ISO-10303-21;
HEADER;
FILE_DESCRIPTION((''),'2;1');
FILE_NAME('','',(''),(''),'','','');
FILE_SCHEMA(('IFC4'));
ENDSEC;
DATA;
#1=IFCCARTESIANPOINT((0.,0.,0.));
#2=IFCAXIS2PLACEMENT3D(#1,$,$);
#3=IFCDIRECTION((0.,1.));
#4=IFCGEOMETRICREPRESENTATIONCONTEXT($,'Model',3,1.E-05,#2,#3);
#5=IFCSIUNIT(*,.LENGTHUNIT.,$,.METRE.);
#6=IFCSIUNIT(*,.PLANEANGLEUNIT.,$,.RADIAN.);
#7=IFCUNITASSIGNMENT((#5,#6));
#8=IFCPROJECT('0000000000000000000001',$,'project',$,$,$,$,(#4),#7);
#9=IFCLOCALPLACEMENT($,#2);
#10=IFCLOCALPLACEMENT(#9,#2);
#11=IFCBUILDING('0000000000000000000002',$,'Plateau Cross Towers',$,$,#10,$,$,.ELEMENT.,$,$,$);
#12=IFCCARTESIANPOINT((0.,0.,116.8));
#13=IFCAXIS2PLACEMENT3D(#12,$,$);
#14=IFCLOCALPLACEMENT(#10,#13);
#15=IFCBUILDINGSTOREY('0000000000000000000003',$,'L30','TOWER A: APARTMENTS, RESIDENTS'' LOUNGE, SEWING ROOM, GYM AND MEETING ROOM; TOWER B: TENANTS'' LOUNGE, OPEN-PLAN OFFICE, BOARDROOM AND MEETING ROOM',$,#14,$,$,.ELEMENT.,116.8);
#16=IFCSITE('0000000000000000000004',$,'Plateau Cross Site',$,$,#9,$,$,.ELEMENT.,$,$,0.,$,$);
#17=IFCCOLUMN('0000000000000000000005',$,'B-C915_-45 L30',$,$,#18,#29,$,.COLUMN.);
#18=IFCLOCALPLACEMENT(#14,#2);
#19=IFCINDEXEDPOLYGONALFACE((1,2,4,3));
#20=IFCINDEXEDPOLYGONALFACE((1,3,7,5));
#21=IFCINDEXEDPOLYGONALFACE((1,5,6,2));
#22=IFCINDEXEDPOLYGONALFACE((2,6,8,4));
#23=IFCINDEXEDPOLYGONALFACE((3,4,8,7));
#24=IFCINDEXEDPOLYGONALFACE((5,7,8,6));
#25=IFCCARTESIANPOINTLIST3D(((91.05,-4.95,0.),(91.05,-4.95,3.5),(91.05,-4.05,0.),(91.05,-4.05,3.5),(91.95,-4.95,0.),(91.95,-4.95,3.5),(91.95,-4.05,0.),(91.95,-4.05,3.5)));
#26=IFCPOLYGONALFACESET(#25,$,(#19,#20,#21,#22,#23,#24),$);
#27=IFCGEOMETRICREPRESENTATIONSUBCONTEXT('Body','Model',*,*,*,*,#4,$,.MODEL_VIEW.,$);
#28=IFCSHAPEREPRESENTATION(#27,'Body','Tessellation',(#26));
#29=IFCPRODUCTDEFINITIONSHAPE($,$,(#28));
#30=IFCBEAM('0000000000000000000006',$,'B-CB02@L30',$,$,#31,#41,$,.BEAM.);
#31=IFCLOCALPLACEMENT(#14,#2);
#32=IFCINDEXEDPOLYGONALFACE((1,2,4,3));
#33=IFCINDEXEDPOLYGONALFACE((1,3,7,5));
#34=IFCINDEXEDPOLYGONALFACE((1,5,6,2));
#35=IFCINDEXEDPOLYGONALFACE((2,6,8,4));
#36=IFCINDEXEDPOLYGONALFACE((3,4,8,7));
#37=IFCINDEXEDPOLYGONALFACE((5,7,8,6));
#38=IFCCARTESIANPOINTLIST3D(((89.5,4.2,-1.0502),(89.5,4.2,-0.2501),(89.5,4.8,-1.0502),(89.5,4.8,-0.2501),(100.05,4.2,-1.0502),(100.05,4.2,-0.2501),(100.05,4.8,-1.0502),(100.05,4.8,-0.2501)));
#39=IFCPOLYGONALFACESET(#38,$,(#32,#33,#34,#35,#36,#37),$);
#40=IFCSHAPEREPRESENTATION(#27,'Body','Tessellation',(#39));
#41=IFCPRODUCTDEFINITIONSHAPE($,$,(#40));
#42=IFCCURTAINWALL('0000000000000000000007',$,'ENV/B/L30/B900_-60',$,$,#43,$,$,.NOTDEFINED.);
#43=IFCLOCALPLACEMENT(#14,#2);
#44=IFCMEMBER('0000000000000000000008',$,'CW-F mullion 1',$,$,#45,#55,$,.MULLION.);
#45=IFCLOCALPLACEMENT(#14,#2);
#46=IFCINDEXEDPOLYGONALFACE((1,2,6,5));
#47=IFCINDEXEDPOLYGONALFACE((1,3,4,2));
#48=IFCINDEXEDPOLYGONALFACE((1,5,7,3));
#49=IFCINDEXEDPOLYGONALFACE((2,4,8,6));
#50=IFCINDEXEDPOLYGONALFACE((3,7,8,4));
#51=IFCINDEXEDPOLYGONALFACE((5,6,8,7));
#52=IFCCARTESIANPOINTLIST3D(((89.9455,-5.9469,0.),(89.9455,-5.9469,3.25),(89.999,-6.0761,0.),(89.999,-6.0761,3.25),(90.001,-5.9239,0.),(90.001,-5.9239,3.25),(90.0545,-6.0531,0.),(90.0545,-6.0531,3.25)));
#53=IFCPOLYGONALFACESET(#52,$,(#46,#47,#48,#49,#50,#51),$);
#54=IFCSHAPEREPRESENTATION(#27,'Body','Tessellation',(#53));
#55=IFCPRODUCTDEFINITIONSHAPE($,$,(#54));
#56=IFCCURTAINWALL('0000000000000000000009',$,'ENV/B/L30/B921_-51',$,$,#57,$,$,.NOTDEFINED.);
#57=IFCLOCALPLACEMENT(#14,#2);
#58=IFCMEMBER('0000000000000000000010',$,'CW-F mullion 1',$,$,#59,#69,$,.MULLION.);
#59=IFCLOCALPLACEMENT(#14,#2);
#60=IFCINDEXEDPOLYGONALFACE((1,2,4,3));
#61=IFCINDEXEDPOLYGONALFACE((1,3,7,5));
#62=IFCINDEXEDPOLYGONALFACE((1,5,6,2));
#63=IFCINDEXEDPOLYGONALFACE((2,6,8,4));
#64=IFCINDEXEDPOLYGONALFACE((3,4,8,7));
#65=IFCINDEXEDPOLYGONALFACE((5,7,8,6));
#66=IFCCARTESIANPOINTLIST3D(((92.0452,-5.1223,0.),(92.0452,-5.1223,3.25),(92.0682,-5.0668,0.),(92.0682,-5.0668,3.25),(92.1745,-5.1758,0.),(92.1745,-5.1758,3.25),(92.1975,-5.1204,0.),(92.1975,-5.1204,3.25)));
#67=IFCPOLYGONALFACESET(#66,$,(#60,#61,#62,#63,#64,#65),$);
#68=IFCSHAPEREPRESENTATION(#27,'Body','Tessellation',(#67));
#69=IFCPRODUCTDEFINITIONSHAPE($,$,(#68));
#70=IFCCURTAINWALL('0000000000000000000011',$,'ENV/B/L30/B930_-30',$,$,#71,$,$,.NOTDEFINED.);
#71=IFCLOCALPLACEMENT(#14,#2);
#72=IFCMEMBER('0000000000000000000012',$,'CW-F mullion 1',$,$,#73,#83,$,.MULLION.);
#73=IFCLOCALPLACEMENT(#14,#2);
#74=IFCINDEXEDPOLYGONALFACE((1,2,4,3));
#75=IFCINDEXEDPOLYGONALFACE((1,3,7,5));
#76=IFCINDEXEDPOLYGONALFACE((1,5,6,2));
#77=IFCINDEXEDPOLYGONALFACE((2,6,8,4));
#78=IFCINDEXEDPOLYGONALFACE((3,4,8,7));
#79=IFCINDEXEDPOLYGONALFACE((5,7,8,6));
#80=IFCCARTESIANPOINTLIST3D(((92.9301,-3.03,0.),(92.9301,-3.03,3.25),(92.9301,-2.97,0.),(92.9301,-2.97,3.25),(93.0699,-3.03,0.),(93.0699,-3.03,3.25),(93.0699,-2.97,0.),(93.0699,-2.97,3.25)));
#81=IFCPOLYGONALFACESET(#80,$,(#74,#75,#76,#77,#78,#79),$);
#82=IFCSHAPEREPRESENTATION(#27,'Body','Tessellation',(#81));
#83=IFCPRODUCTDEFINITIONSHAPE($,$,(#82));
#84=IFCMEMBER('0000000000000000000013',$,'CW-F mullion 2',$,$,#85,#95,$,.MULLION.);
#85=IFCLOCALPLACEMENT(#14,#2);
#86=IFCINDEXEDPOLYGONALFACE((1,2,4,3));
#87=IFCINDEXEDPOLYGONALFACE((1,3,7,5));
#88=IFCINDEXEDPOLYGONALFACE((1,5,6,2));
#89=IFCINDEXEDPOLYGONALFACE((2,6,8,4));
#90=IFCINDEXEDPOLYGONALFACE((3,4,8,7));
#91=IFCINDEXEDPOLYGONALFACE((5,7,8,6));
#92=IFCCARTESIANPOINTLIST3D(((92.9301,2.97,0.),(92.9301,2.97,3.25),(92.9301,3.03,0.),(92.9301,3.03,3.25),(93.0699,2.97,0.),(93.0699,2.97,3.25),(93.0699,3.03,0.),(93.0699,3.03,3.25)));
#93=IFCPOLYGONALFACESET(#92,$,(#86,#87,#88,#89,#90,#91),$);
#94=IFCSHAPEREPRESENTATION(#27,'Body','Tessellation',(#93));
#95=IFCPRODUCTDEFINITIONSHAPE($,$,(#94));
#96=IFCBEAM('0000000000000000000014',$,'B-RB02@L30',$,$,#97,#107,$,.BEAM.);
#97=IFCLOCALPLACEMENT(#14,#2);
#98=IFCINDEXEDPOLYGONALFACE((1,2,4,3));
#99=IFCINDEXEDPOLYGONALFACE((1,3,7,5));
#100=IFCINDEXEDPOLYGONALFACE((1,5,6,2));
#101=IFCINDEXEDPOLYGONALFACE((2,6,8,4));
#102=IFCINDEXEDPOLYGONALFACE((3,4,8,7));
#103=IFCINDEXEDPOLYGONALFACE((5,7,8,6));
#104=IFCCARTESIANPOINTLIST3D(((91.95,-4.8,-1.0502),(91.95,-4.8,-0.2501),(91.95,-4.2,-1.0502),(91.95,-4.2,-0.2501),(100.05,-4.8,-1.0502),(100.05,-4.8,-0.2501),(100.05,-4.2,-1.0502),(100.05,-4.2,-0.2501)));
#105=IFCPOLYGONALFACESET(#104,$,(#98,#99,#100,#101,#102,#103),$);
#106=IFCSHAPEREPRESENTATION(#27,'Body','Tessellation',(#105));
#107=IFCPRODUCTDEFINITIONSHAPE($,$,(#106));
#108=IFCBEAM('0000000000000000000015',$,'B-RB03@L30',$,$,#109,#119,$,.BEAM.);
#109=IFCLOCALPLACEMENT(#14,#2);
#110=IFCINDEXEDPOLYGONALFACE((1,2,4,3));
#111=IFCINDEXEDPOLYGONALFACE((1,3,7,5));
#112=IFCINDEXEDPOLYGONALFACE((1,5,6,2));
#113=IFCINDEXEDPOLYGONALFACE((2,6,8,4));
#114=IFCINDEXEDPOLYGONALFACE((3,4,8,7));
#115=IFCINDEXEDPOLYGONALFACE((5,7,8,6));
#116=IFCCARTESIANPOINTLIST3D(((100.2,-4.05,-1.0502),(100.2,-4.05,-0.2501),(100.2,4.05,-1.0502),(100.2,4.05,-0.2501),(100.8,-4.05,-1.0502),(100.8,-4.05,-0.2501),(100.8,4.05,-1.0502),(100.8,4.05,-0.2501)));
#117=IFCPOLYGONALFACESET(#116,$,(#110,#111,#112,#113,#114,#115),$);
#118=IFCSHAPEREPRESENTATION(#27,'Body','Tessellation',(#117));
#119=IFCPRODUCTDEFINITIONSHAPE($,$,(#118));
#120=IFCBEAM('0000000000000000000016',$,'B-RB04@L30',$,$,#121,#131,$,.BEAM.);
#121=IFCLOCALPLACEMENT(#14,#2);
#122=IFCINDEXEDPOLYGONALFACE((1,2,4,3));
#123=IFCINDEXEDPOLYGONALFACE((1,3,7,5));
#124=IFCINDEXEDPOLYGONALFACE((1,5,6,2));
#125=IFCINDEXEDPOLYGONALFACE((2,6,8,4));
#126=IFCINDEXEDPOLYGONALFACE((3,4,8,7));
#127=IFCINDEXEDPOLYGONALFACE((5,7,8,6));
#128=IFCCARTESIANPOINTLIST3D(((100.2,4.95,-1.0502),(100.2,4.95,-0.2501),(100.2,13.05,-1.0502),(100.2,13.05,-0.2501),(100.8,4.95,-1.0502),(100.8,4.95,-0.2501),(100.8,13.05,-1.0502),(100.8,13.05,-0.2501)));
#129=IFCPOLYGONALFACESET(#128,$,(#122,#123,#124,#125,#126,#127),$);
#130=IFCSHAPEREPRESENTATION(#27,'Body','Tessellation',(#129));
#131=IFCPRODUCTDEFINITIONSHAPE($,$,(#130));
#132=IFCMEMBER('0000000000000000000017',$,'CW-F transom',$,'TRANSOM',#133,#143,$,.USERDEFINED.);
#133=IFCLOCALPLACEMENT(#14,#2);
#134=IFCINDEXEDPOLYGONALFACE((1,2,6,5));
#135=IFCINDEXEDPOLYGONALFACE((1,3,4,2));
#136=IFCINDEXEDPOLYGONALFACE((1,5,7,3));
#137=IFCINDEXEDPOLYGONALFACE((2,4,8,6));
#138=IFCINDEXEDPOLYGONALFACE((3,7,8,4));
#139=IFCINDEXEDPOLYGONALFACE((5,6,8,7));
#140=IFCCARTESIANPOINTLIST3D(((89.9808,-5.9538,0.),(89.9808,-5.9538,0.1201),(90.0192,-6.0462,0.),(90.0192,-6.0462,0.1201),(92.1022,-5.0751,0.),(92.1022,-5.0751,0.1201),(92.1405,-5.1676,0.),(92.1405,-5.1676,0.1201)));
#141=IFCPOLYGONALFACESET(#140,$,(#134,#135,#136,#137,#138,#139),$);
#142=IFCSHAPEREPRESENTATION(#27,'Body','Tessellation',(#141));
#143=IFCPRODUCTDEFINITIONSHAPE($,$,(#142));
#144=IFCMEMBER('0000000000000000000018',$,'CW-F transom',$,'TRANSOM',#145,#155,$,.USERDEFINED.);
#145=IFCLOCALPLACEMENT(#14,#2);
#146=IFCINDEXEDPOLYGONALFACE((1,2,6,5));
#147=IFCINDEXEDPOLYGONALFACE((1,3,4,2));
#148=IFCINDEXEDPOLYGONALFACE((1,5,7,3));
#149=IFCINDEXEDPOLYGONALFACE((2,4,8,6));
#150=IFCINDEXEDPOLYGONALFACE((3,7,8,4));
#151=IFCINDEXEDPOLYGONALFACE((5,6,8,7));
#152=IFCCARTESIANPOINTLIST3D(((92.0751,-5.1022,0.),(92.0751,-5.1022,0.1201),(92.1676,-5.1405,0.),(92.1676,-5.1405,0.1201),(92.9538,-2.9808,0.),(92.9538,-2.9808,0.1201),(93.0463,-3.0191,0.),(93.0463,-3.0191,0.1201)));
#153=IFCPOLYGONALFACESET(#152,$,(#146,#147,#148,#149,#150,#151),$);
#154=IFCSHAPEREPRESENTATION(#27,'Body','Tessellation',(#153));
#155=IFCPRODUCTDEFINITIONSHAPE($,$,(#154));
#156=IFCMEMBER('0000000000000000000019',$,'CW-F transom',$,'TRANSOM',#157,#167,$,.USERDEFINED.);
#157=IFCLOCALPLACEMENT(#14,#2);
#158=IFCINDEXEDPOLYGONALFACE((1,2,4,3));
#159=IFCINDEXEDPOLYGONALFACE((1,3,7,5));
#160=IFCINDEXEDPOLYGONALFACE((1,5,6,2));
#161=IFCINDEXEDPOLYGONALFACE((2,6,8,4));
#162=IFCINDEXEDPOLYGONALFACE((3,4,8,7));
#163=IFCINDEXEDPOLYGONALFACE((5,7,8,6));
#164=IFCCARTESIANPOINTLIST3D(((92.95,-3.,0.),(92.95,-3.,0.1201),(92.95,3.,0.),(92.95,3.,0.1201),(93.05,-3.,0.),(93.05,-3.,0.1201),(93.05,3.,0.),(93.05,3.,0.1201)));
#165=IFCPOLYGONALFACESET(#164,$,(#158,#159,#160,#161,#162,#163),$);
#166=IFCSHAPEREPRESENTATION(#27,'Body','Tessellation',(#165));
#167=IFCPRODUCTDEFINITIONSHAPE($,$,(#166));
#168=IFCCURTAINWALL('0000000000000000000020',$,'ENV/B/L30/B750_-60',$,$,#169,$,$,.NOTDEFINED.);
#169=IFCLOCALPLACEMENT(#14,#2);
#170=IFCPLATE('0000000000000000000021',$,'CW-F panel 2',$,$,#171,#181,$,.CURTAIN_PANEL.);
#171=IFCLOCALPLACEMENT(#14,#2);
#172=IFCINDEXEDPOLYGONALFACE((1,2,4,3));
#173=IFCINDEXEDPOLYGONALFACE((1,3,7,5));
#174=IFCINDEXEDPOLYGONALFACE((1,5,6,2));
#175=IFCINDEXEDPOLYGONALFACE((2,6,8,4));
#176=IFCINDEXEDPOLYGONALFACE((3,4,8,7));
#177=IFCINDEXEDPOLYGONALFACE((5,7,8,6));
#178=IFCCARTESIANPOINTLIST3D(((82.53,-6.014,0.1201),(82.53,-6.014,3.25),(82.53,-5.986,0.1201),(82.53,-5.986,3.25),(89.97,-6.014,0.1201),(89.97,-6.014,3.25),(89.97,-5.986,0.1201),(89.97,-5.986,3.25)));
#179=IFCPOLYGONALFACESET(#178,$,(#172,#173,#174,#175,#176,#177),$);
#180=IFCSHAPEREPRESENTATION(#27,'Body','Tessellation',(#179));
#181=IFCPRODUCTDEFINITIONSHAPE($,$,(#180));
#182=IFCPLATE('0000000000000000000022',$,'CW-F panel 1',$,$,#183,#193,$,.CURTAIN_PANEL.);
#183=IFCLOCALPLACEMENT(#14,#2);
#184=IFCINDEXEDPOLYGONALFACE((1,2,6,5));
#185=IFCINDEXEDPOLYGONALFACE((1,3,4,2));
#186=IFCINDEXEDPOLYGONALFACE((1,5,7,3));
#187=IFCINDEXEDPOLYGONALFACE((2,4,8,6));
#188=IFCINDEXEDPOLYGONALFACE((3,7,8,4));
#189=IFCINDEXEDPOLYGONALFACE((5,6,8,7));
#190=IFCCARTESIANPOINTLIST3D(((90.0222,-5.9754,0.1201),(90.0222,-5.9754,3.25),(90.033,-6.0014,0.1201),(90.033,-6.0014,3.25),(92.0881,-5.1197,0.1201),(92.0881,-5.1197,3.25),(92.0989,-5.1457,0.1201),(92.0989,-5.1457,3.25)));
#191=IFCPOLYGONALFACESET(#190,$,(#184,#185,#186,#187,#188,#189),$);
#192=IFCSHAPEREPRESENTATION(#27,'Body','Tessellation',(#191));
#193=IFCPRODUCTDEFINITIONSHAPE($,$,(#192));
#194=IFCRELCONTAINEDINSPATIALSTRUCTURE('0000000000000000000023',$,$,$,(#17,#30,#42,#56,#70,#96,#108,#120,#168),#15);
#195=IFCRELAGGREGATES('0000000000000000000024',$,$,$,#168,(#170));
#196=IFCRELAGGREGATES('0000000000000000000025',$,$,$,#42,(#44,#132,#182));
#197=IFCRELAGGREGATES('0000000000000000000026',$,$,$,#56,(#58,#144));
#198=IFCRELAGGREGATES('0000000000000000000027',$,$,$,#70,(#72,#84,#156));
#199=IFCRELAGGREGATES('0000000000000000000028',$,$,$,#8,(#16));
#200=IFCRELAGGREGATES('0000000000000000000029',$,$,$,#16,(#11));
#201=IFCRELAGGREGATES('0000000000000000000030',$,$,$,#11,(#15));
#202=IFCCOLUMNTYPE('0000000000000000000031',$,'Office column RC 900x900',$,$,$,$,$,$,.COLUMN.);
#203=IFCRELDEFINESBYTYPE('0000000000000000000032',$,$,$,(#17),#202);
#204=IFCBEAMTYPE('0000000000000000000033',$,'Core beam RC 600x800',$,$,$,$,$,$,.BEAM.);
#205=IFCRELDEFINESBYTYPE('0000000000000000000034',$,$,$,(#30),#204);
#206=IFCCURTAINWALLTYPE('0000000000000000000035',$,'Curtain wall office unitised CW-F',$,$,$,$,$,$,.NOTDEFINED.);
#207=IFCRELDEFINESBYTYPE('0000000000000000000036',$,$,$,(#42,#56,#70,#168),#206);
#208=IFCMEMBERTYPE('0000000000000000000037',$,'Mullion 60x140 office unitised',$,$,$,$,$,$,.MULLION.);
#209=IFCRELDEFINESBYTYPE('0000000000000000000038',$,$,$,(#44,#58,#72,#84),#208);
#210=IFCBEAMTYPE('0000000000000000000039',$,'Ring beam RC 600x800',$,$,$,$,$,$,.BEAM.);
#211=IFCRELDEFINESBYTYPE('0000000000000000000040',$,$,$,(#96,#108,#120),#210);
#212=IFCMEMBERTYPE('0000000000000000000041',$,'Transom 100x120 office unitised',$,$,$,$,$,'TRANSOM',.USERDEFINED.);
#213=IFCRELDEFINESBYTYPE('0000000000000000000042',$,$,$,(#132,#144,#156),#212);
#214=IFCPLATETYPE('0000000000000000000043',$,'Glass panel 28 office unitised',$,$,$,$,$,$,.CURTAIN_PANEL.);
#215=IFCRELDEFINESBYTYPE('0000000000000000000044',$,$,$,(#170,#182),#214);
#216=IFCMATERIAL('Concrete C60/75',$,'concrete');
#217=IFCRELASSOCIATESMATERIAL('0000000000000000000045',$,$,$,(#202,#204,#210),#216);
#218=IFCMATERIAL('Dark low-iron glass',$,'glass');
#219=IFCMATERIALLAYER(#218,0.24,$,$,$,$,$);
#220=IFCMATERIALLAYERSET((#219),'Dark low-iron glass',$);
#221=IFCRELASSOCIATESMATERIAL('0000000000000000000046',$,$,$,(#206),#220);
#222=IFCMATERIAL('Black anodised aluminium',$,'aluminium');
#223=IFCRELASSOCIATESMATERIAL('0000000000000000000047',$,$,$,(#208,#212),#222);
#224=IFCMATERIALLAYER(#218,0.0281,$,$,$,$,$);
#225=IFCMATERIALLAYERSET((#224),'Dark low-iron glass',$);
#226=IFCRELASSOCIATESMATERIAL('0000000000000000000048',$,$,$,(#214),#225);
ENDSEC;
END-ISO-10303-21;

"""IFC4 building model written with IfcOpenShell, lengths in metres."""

from ifc_helpers import new_model, si_unit, direction, frame, origin, origin_2d, place, context, subcontext, project, spatial, rectangle, extrude, material, layer, layer_set, material_profile, profile_set, type_object, element, aggregate, save


model = new_model("IFC4")

# Units and contexts
model_context = context("Model", 3, precision=1e-05, world=origin(), true_north=direction((0.0, 1.0)))
body_context = subcontext(model_context, "Body", "Model", "MODEL_VIEW")
ifc_project = project(units=[si_unit("LENGTHUNIT", "METRE"), si_unit("PLANEANGLEUNIT", "RADIAN")], contexts=[model_context])

# Site, building, storey
site_placement = place(None, origin())
site = spatial("IfcSite", under=ifc_project, at=site_placement, Name="Plateau Cross Site", CompositionType="ELEMENT", RefElevation=0.0)
building_placement = place(site_placement, origin())
building = spatial("IfcBuilding", under=site, at=building_placement, Name="Plateau Cross Towers", CompositionType="ELEMENT")
storey_placement = place(building_placement, frame((0.0, 0.0, 116.8)))
storey = spatial("IfcBuildingStorey", under=building, at=storey_placement, Name="L30", Description="TOWER A: APARTMENTS, RESIDENTS' LOUNGE, SEWING ROOM, GYM AND MEETING ROOM; TOWER B: TENANTS' LOUNGE, OPEN-PLAN OFFICE, BOARDROOM AND MEETING ROOM", CompositionType="ELEMENT", Elevation=116.8)

# Column
ifc_material_1 = material(Name="Concrete C60/75", Category="concrete")
ifc_material_profile_1 = material_profile(ifc_material_1, rectangle(XDim=0.8999, YDim=0.8999, at=origin_2d()), Name="RC 900x900")
ifc_profile_set_1 = profile_set([ifc_material_profile_1], Name="Concrete C60/75")
column_type = type_object("IfcColumnType", Name="Office column RC 900x900", PredefinedType="COLUMN", material=ifc_profile_set_1)
column_placement = place(storey_placement, frame((91.5, -4.5, 0.0), z_axis=(0.0, 0.0, 1.0), x_axis=(1.0, 0.0, 0.0)))
element("IfcColumn", 1, at=column_placement, inside=storey, type_object=column_type, Name="B-C915_-45 L30", PredefinedType="COLUMN", context=body_context, shape_type="SweptSolid", body=[
    extrude(rectangle(XDim=0.8999, YDim=0.8999, at=origin_2d()), origin(), (0.0, 0.0, 1.0), 3.5),
])

# Beam
ifc_material_profile_2 = material_profile(ifc_material_1, rectangle(XDim=0.6001, YDim=0.8, at=origin_2d()), Name="RC 600x800")
ifc_profile_set_2 = profile_set([ifc_material_profile_2], Name="Concrete C60/75")
beam_type_1 = type_object("IfcBeamType", Name="Core beam RC 600x800", PredefinedType="BEAM", material=ifc_profile_set_2)
beam_placement = place(storey_placement, frame((89.5, 4.5, -0.6501), z_axis=(1.0, 0.0, 0.0), x_axis=(0.0, 1.0, 0.0)))
element("IfcBeam", 2, at=beam_placement, inside=storey, type_object=beam_type_1, Name="B-CB02@L30", PredefinedType="BEAM", context=body_context, shape_type="SweptSolid", body=[
    extrude(rectangle(XDim=0.6001, YDim=0.8, at=origin_2d()), origin(), (0.0, 0.0, 1.0), 10.55),
])

# Curtain walls, members
ifc_material_2 = material(Name="Dark low-iron glass", Category="glass")
ifc_layer_1 = layer(ifc_material_2, 0.24)
ifc_layer_set_1 = layer_set([ifc_layer_1], Name="Dark low-iron glass")
curtain_wall_type = type_object("IfcCurtainWallType", Name="Curtain wall office unitised CW-F", PredefinedType="NOTDEFINED", material=ifc_layer_set_1)
curtain_wall_1_placement = place(storey_placement, origin())
curtain_wall_1 = element("IfcCurtainWall", 3, at=curtain_wall_1_placement, inside=storey, type_object=curtain_wall_type, Name="ENV/B/L30/B900_-60", PredefinedType="NOTDEFINED")
ifc_material_3 = material(Name="Black anodised aluminium", Category="aluminium")
ifc_material_profile_3 = material_profile(ifc_material_3, rectangle(XDim=0.0601, YDim=0.1399, at=origin_2d()), Name="MULLION 60x140")
ifc_profile_set_3 = profile_set([ifc_material_profile_3], Name="Black anodised aluminium")
member_type_1 = type_object("IfcMemberType", Name="Mullion 60x140 office unitised", PredefinedType="MULLION", material=ifc_profile_set_3)
member_1_placement = place(storey_placement, frame((90.0, -6.0, 0.0), z_axis=(0.0, 0.0, 1.0), x_axis=(0.923879, 0.382684, 0.0)))
member_1 = element("IfcMember", 4, at=member_1_placement, type_object=member_type_1, Name="CW-F mullion 1", PredefinedType="MULLION", context=body_context, shape_type="SweptSolid", body=[
    extrude(rectangle(XDim=0.0601, YDim=0.1399, at=origin_2d()), origin(), (0.0, 0.0, 1.0), 3.25),
])
curtain_wall_2_placement = place(storey_placement, origin())
curtain_wall_2 = element("IfcCurtainWall", 5, at=curtain_wall_2_placement, inside=storey, type_object=curtain_wall_type, Name="ENV/B/L30/B921_-51", PredefinedType="NOTDEFINED")
member_2_placement = place(storey_placement, frame((92.1213, -5.1213, 0.0), z_axis=(0.0, 0.0, 1.0), x_axis=(0.382684, 0.923879, 0.0)))
member_2 = element("IfcMember", 6, at=member_2_placement, type_object=member_type_1, Name="CW-F mullion 1", PredefinedType="MULLION", context=body_context, shape_type="SweptSolid", body=[
    extrude(rectangle(XDim=0.0601, YDim=0.1399, at=origin_2d()), origin(), (0.0, 0.0, 1.0), 3.25),
])

# Curtain wall, members
curtain_wall_3_placement = place(storey_placement, origin())
curtain_wall_3 = element("IfcCurtainWall", 7, at=curtain_wall_3_placement, inside=storey, type_object=curtain_wall_type, Name="ENV/B/L30/B930_-30", PredefinedType="NOTDEFINED")
member_3_placement = place(storey_placement, frame((93.0, -3.0, 0.0), z_axis=(0.0, 0.0, 1.0), x_axis=(0.0, 1.0, 0.0)))
member_3 = element("IfcMember", 8, at=member_3_placement, type_object=member_type_1, Name="CW-F mullion 1", PredefinedType="MULLION", context=body_context, shape_type="SweptSolid", body=[
    extrude(rectangle(XDim=0.0601, YDim=0.1399, at=origin_2d()), origin(), (0.0, 0.0, 1.0), 3.25),
])
member_4_placement = place(storey_placement, frame((93.0, 3.0, 0.0), z_axis=(0.0, 0.0, 1.0), x_axis=(0.0, 1.0, 0.0)))
member_4 = element("IfcMember", 9, at=member_4_placement, type_object=member_type_1, Name="CW-F mullion 2", PredefinedType="MULLION", context=body_context, shape_type="SweptSolid", body=[
    extrude(rectangle(XDim=0.0601, YDim=0.1399, at=origin_2d()), origin(), (0.0, 0.0, 1.0), 3.25),
])

# Beams
ifc_material_profile_4 = material_profile(ifc_material_1, rectangle(XDim=0.6001, YDim=0.8, at=origin_2d()), Name="RC 600x800")
ifc_profile_set_4 = profile_set([ifc_material_profile_4], Name="Concrete C60/75")
beam_type_2 = type_object("IfcBeamType", Name="Ring beam RC 600x800", PredefinedType="BEAM", material=ifc_profile_set_4)
for number, where, z_axis, x_axis, name in (
    (10, (91.95, -4.5, -0.6501), (1.0, 0.0, 0.0), (0.0, 1.0, 0.0), "B-RB02@L30"),
    (11, (100.5, -4.05, -0.6501), (0.0, 1.0, 0.0), (-1.0, 0.0, 0.0), "B-RB03@L30"),
    (12, (100.5, 4.95, -0.6501), (0.0, 1.0, 0.0), (-1.0, 0.0, 0.0), "B-RB04@L30"),
):
    element("IfcBeam", number, at=place(storey_placement, frame(where, z_axis=z_axis, x_axis=x_axis)), inside=storey, type_object=beam_type_2, Name=name, PredefinedType="BEAM", context=body_context, shape_type="SweptSolid", body=[
        extrude(rectangle(XDim=0.6001, YDim=0.8, at=origin_2d()), origin(), (0.0, 0.0, 1.0), 8.1001),
    ])

# Members
ifc_material_profile_5 = material_profile(ifc_material_3, rectangle(XDim=0.1001, YDim=0.1201, at=origin_2d()), Name="TRANSOM 100x120")
ifc_profile_set_5 = profile_set([ifc_material_profile_5], Name="Black anodised aluminium")
member_type_2 = type_object("IfcMemberType", Name="Transom 100x120 office unitised", ElementType="TRANSOM", PredefinedType="USERDEFINED", material=ifc_profile_set_5)
member_5_placement = place(storey_placement, frame((90.0, -6.0, 0.0601), z_axis=(0.923883, 0.382674, 0.0), x_axis=(-0.382674, 0.923883, 0.0)))
member_5 = element("IfcMember", 13, at=member_5_placement, type_object=member_type_2, Name="CW-F transom", ObjectType="TRANSOM", PredefinedType="USERDEFINED", context=body_context, shape_type="SweptSolid", body=[
    extrude(rectangle(XDim=0.1001, YDim=0.1201, at=origin_2d()), origin(), (0.0, 0.0, 1.0), 2.2961),
])
member_6_placement = place(storey_placement, frame((92.1213, -5.1213, 0.0601), z_axis=(0.382674, 0.923883, 0.0), x_axis=(-0.923883, 0.382674, 0.0)))
member_6 = element("IfcMember", 14, at=member_6_placement, type_object=member_type_2, Name="CW-F transom", ObjectType="TRANSOM", PredefinedType="USERDEFINED", context=body_context, shape_type="SweptSolid", body=[
    extrude(rectangle(XDim=0.1001, YDim=0.1201, at=origin_2d()), origin(), (0.0, 0.0, 1.0), 2.2961),
])
member_7_placement = place(storey_placement, frame((93.0, -3.0, 0.0601), z_axis=(0.0, 1.0, 0.0), x_axis=(-1.0, 0.0, 0.0)))
member_7 = element("IfcMember", 15, at=member_7_placement, type_object=member_type_2, Name="CW-F transom", ObjectType="TRANSOM", PredefinedType="USERDEFINED", context=body_context, shape_type="SweptSolid", body=[
    extrude(rectangle(XDim=0.1001, YDim=0.1201, at=origin_2d()), origin(), (0.0, 0.0, 1.0), 6.0),
])

# Curtain wall, plate
curtain_wall_4_placement = place(storey_placement, origin())
curtain_wall_4 = element("IfcCurtainWall", 16, at=curtain_wall_4_placement, inside=storey, type_object=curtain_wall_type, Name="ENV/B/L30/B750_-60", PredefinedType="NOTDEFINED")
ifc_layer_2 = layer(ifc_material_2, 0.0281)
ifc_layer_set_2 = layer_set([ifc_layer_2], Name="Dark low-iron glass")
plate_type = type_object("IfcPlateType", Name="Glass panel 28 office unitised", PredefinedType="CURTAIN_PANEL", material=ifc_layer_set_2)
plate_1_placement = place(storey_placement, frame((86.25, -6.0, 0.1201), z_axis=(0.0, 0.0, 1.0), x_axis=(1.0, 0.0, 0.0)))
plate_1 = element("IfcPlate", 17, at=plate_1_placement, type_object=plate_type, Name="CW-F panel 2", PredefinedType="CURTAIN_PANEL", context=body_context, shape_type="SweptSolid", body=[
    extrude(rectangle(XDim=7.4399, YDim=0.0281, at=origin_2d()), origin(), (0.0, 0.0, 1.0), 3.1299),
])
aggregate(curtain_wall_4, [plate_1])

# Plate
plate_2_placement = place(storey_placement, frame((91.0605, -5.5605, 0.1201), z_axis=(0.0, 0.0, 1.0), x_axis=(0.923879, 0.382684, 0.0)))
plate_2 = element("IfcPlate", 18, at=plate_2_placement, type_object=plate_type, Name="CW-F panel 1", PredefinedType="CURTAIN_PANEL", context=body_context, shape_type="SweptSolid", body=[
    extrude(rectangle(XDim=2.2361, YDim=0.0281, at=origin_2d()), origin(), (0.0, 0.0, 1.0), 3.1299),
])
aggregate(curtain_wall_1, [member_1, member_5, plate_2])
aggregate(curtain_wall_2, [member_2, member_6])
aggregate(curtain_wall_3, [member_3, member_4, member_7])

save(model, "model.ifc")
